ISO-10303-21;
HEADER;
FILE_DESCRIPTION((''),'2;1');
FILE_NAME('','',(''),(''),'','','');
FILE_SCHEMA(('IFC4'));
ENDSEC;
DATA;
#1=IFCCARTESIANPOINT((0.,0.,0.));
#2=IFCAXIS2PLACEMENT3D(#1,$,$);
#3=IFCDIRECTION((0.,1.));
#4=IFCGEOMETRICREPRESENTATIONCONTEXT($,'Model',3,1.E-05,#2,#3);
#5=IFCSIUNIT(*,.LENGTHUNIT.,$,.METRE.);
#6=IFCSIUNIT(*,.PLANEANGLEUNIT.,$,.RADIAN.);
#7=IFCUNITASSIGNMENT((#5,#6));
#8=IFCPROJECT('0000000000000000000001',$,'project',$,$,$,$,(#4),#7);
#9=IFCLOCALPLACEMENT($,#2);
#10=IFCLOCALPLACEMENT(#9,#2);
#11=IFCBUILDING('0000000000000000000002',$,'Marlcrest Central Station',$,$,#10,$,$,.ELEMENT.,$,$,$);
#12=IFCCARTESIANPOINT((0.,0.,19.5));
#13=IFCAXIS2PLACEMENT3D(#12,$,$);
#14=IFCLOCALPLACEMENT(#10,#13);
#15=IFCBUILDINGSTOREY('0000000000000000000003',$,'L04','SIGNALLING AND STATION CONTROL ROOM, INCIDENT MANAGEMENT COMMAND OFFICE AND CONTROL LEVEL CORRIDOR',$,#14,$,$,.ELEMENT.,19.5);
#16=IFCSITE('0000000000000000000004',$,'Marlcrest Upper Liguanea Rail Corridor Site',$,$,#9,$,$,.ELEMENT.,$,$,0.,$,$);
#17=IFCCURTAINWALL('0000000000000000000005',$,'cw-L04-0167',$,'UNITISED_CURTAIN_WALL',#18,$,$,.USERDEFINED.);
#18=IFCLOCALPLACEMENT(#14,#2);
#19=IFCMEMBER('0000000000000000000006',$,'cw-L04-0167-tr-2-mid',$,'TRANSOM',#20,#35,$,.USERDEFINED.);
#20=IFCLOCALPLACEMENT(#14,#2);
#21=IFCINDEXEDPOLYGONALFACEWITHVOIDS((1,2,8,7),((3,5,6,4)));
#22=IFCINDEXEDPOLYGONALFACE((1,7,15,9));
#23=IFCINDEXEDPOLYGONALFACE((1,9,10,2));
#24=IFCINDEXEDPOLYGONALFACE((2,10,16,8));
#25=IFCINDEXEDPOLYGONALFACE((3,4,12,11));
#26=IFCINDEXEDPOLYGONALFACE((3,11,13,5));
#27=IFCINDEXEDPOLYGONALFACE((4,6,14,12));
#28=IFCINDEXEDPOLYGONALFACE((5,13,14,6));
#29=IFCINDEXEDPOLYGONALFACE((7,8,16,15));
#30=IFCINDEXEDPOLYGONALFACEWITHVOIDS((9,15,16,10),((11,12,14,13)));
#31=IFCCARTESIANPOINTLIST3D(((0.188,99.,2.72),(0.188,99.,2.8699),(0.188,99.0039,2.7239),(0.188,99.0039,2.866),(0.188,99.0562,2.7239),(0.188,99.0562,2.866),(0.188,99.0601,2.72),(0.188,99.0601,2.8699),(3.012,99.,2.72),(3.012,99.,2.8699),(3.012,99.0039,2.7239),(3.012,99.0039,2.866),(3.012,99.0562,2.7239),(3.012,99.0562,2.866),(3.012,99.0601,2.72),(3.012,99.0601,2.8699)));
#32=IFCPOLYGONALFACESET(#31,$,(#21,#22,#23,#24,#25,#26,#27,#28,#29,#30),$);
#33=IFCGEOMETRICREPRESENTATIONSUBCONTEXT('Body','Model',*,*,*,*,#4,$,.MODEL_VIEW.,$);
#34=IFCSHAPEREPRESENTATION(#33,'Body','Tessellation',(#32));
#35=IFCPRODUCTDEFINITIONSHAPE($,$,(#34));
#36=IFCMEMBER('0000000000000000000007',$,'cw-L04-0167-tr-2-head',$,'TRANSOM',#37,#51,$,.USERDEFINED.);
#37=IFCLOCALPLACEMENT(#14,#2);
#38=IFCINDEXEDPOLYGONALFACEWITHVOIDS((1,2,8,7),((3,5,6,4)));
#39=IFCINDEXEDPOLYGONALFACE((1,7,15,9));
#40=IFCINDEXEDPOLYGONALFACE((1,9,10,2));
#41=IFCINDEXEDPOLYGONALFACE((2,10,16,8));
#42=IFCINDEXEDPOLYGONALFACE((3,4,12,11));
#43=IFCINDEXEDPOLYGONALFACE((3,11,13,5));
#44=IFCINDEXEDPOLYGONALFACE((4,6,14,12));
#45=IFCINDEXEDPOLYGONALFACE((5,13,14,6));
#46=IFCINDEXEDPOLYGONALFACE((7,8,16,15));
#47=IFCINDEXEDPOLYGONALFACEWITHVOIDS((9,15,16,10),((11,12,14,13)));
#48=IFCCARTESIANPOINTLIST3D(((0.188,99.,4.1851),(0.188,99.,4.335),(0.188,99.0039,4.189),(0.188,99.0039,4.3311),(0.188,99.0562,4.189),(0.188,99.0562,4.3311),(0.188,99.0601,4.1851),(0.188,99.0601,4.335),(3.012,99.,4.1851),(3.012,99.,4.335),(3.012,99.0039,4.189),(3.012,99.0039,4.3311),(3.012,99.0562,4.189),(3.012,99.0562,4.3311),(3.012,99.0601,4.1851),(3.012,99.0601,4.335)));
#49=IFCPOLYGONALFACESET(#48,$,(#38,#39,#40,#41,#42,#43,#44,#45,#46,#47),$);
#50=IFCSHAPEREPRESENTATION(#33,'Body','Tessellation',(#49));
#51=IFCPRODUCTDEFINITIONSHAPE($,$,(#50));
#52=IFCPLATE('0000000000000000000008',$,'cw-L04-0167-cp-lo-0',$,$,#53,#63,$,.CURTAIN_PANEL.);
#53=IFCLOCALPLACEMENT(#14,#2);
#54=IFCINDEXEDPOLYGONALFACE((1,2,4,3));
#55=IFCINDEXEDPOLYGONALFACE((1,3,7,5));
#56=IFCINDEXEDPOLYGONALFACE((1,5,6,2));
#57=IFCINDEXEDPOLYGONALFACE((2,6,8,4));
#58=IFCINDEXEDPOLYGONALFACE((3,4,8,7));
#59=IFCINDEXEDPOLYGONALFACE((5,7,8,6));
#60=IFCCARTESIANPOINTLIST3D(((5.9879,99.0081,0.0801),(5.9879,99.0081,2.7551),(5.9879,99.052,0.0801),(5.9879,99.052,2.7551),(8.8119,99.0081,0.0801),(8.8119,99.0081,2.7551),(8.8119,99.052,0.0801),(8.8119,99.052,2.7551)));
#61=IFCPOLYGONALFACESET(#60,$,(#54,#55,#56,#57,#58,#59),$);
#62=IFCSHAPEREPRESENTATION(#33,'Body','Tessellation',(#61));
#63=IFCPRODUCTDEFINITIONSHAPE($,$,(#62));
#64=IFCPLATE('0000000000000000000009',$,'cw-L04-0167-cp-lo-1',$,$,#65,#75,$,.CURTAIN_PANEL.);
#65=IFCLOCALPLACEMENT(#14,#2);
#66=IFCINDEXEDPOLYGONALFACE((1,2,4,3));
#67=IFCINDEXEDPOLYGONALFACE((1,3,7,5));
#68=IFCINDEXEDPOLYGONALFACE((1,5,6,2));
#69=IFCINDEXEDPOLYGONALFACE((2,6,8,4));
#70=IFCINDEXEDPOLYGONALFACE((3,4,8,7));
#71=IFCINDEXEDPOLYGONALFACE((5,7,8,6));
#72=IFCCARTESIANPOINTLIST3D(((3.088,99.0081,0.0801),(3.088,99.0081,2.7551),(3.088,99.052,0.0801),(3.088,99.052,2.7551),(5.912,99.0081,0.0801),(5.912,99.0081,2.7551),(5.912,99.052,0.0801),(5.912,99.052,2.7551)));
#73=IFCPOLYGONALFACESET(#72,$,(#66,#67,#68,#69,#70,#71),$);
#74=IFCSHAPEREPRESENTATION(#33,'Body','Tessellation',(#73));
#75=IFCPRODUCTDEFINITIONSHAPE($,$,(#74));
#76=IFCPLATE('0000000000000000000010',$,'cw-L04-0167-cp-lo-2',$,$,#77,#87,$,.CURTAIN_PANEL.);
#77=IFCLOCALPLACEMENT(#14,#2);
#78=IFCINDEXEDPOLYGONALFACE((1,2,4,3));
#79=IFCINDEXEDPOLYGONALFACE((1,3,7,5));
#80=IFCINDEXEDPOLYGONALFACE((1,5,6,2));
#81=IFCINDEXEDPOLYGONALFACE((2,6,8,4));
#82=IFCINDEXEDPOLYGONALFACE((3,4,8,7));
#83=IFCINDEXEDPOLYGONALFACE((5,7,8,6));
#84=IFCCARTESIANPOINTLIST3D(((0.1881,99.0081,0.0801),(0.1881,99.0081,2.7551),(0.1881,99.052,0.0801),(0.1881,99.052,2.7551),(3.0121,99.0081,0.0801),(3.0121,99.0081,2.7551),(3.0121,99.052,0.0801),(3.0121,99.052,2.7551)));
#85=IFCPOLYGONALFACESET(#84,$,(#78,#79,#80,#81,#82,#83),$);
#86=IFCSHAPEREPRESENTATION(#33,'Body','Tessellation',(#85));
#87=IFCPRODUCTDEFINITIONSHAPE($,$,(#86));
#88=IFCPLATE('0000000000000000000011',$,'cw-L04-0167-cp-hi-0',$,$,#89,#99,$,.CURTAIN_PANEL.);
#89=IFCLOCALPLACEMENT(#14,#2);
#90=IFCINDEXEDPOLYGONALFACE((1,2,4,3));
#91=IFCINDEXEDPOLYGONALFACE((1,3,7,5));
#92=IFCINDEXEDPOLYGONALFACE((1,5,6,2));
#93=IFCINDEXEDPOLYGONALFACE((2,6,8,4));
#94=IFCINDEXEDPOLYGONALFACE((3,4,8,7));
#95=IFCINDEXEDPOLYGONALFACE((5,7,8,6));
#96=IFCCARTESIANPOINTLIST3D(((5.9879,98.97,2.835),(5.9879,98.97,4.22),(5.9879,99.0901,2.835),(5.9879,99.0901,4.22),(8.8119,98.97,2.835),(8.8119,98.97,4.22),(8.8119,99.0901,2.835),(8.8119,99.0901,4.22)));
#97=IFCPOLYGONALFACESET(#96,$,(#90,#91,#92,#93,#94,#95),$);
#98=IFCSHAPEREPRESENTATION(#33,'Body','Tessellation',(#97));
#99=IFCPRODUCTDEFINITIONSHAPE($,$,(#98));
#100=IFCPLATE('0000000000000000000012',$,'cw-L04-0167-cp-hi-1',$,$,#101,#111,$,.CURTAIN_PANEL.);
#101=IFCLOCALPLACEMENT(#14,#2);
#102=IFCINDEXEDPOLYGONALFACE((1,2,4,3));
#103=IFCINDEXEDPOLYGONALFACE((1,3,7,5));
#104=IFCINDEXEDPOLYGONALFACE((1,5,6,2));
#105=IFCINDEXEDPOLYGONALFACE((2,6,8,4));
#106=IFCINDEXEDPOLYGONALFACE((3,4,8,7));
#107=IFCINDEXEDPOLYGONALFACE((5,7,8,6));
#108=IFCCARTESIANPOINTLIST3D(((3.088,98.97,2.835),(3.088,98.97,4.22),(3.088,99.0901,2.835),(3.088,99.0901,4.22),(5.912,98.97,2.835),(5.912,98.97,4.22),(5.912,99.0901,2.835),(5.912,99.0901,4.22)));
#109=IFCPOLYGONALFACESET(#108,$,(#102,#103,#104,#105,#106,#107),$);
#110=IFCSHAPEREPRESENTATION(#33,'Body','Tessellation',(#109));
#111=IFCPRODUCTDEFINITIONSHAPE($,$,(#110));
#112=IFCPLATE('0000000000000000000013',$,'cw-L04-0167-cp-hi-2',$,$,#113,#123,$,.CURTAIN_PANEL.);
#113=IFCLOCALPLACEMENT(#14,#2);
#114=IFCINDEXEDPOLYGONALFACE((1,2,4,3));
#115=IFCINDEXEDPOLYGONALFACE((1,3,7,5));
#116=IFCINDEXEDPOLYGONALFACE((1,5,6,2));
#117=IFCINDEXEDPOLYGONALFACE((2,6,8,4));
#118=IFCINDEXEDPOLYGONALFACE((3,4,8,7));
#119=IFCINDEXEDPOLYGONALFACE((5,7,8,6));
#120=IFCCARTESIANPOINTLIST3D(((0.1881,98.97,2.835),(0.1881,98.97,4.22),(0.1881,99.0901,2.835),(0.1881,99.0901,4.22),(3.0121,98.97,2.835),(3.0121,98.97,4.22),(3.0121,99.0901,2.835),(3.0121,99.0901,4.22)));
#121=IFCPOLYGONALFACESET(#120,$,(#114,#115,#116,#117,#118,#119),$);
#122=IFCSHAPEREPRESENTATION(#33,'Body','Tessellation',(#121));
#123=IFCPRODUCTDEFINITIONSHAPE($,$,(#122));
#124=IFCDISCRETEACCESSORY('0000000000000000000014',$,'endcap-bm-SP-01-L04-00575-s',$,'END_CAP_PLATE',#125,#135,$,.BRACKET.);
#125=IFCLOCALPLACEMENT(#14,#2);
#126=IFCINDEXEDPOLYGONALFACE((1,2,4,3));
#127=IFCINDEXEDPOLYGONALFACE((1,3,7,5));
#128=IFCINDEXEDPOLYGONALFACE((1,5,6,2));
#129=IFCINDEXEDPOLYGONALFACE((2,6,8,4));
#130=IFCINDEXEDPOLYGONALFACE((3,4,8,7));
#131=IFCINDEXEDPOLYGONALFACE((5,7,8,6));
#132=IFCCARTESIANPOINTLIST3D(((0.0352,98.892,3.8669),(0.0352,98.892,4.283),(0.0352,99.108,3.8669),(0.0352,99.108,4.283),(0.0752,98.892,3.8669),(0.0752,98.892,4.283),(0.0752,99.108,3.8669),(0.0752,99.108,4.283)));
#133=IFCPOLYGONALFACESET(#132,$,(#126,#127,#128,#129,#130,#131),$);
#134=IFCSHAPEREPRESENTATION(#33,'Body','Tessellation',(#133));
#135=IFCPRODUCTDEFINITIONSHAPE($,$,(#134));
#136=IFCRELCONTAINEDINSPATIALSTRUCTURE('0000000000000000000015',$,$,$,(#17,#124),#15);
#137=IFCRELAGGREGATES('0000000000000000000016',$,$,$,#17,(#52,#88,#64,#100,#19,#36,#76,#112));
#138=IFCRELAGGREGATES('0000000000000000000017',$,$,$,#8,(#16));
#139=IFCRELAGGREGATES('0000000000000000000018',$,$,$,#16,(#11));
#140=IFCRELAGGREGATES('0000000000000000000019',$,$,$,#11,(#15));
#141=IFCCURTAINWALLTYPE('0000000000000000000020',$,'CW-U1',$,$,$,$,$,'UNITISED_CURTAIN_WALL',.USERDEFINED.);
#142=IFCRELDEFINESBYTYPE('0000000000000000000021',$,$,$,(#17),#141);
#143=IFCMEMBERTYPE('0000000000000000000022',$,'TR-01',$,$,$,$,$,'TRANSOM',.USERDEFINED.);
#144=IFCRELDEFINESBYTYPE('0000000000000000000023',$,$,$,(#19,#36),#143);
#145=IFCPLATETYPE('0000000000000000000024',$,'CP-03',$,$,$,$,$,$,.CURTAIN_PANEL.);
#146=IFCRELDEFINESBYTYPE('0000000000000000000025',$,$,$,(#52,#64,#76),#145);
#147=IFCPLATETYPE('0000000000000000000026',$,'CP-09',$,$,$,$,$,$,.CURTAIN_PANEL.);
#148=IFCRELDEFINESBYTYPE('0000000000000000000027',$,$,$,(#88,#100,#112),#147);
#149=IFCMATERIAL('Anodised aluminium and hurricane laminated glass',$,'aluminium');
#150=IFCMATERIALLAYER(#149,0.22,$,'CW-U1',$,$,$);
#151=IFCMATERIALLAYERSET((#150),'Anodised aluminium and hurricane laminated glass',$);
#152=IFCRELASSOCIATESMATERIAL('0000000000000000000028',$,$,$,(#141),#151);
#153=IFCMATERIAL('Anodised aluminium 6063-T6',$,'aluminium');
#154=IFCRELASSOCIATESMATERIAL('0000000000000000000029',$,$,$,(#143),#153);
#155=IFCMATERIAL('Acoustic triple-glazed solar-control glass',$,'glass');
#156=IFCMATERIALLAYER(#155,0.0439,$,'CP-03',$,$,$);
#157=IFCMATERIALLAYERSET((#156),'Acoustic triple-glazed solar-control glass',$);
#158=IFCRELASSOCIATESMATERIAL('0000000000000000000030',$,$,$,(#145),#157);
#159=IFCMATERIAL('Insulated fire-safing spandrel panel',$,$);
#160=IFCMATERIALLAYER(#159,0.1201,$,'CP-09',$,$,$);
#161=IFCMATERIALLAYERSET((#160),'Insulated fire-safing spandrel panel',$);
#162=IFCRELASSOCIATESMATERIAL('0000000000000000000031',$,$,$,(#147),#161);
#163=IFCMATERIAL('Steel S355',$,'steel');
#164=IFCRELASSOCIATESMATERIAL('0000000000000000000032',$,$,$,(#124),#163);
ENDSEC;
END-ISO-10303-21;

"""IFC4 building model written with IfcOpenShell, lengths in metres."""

from ifc_helpers import new_model, si_unit, direction, frame, origin, origin_2d, place, context, subcontext, project, spatial, rectangle, hollow_rectangle, extrude, material, layer, layer_set, material_profile, profile_set, type_object, element, aggregate, save


model = new_model("IFC4")

# Units and contexts
model_context = context("Model", 3, precision=1e-05, world=origin(), true_north=direction((0.0, 1.0)))
body_context = subcontext(model_context, "Body", "Model", "MODEL_VIEW")
ifc_project = project(units=[si_unit("LENGTHUNIT", "METRE"), si_unit("PLANEANGLEUNIT", "RADIAN")], contexts=[model_context])

# Site, building, storey
site_placement = place(None, origin())
site = spatial("IfcSite", under=ifc_project, at=site_placement, Name="Marlcrest Upper Liguanea Rail Corridor Site", CompositionType="ELEMENT", RefElevation=0.0)
building_placement = place(site_placement, origin())
building = spatial("IfcBuilding", under=site, at=building_placement, Name="Marlcrest Central Station", CompositionType="ELEMENT")
storey_placement = place(building_placement, frame((0.0, 0.0, 19.5)))
storey = spatial("IfcBuildingStorey", under=building, at=storey_placement, Name="L04", Description="SIGNALLING AND STATION CONTROL ROOM, INCIDENT MANAGEMENT COMMAND OFFICE AND CONTROL LEVEL CORRIDOR", CompositionType="ELEMENT", Elevation=19.5)

# Shared definitions
ifc_material_1 = material(Name="Steel S355", Category="steel")

# Curtain wall
ifc_material_2 = material(Name="Anodised aluminium and hurricane laminated glass", Category="aluminium")
ifc_layer_1 = layer(ifc_material_2, 0.22, Name="CW-U1")
ifc_layer_set_1 = layer_set([ifc_layer_1], Name="Anodised aluminium and hurricane laminated glass")
curtain_wall_type = type_object("IfcCurtainWallType", Name="CW-U1", ElementType="UNITISED_CURTAIN_WALL", PredefinedType="USERDEFINED", material=ifc_layer_set_1)
curtain_wall_placement = place(storey_placement, origin())
curtain_wall = element("IfcCurtainWall", 1, at=curtain_wall_placement, inside=storey, type_object=curtain_wall_type, Name="cw-L04-0167", ObjectType="UNITISED_CURTAIN_WALL", PredefinedType="USERDEFINED")
ifc_material_3 = material(Name="Anodised aluminium 6063-T6", Category="aluminium")

# Members
ifc_material_profile_1 = material_profile(ifc_material_3, hollow_rectangle(XDim=0.0601, YDim=0.1499, WallThickness=0.0039, at=origin_2d()), Name="AA-RHS 150x60x4")
ifc_profile_set_1 = profile_set([ifc_material_profile_1], Name="Anodised aluminium 6063-T6")
member_type_1 = type_object("IfcMemberType", Name="TR-01", ElementType="TRANSOM", PredefinedType="USERDEFINED", material=ifc_profile_set_1)
member_1_placement = place(storey_placement, frame((3.012, 99.03, 2.7949), z_axis=(-1.0, 0.0, 0.0), x_axis=(0.0, -1.0, 0.0)))
member_1 = element("IfcMember", 2, at=member_1_placement, type_object=member_type_1, Name="cw-L04-0167-tr-2-mid", ObjectType="TRANSOM", PredefinedType="USERDEFINED", context=body_context, shape_type="SweptSolid", body=[
    extrude(hollow_rectangle(XDim=0.0601, YDim=0.1499, WallThickness=0.0039, at=origin_2d()), origin(), (0.0, 0.0, 1.0), 2.824),
])
member_2_placement = place(storey_placement, frame((3.012, 99.03, 4.26), z_axis=(-1.0, 0.0, 0.0), x_axis=(0.0, -1.0, 0.0)))
member_2 = element("IfcMember", 3, at=member_2_placement, type_object=member_type_1, Name="cw-L04-0167-tr-2-head", ObjectType="TRANSOM", PredefinedType="USERDEFINED", context=body_context, shape_type="SweptSolid", body=[
    extrude(hollow_rectangle(XDim=0.0601, YDim=0.1499, WallThickness=0.0039, at=origin_2d()), origin(), (0.0, 0.0, 1.0), 2.824),
])

# Plates
ifc_material_4 = material(Name="Acoustic triple-glazed solar-control glass", Category="glass")
ifc_layer_2 = layer(ifc_material_4, 0.0439, Name="CP-03")
ifc_layer_set_2 = layer_set([ifc_layer_2], Name="Acoustic triple-glazed solar-control glass")
plate_type_1 = type_object("IfcPlateType", Name="CP-03", PredefinedType="CURTAIN_PANEL", material=ifc_layer_set_2)
plate_1_placement = place(storey_placement, frame((7.3999, 99.03, 0.0801), z_axis=(0.0, 0.0, 1.0), x_axis=(-1.0, 0.0, 0.0)))
plate_1 = element("IfcPlate", 4, at=plate_1_placement, type_object=plate_type_1, Name="cw-L04-0167-cp-lo-0", PredefinedType="CURTAIN_PANEL", context=body_context, shape_type="SweptSolid", body=[
    extrude(rectangle(XDim=2.824, YDim=0.0439, at=origin_2d()), origin(), (0.0, 0.0, 1.0), 2.675),
])
plate_2_placement = place(storey_placement, frame((4.5, 99.03, 0.0801), z_axis=(0.0, 0.0, 1.0), x_axis=(-1.0, 0.0, 0.0)))
plate_2 = element("IfcPlate", 5, at=plate_2_placement, type_object=plate_type_1, Name="cw-L04-0167-cp-lo-1", PredefinedType="CURTAIN_PANEL", context=body_context, shape_type="SweptSolid", body=[
    extrude(rectangle(XDim=2.824, YDim=0.0439, at=origin_2d()), origin(), (0.0, 0.0, 1.0), 2.675),
])
plate_3_placement = place(storey_placement, frame((1.6001, 99.03, 0.0801), z_axis=(0.0, 0.0, 1.0), x_axis=(-1.0, 0.0, 0.0)))
plate_3 = element("IfcPlate", 6, at=plate_3_placement, type_object=plate_type_1, Name="cw-L04-0167-cp-lo-2", PredefinedType="CURTAIN_PANEL", context=body_context, shape_type="SweptSolid", body=[
    extrude(rectangle(XDim=2.824, YDim=0.0439, at=origin_2d()), origin(), (0.0, 0.0, 1.0), 2.675),
])
ifc_material_5 = material(Name="Insulated fire-safing spandrel panel")
ifc_layer_3 = layer(ifc_material_5, 0.1201, Name="CP-09")
ifc_layer_set_3 = layer_set([ifc_layer_3], Name="Insulated fire-safing spandrel panel")
plate_type_2 = type_object("IfcPlateType", Name="CP-09", PredefinedType="CURTAIN_PANEL", material=ifc_layer_set_3)
plate_4_placement = place(storey_placement, frame((7.3999, 99.03, 2.835), z_axis=(0.0, 0.0, 1.0), x_axis=(-1.0, 0.0, 0.0)))
plate_4 = element("IfcPlate", 7, at=plate_4_placement, type_object=plate_type_2, Name="cw-L04-0167-cp-hi-0", PredefinedType="CURTAIN_PANEL", context=body_context, shape_type="SweptSolid", body=[
    extrude(rectangle(XDim=2.824, YDim=0.1201, at=origin_2d()), origin(), (0.0, 0.0, 1.0), 1.385),
])
plate_5_placement = place(storey_placement, frame((4.5, 99.03, 2.835), z_axis=(0.0, 0.0, 1.0), x_axis=(-1.0, 0.0, 0.0)))
plate_5 = element("IfcPlate", 8, at=plate_5_placement, type_object=plate_type_2, Name="cw-L04-0167-cp-hi-1", PredefinedType="CURTAIN_PANEL", context=body_context, shape_type="SweptSolid", body=[
    extrude(rectangle(XDim=2.824, YDim=0.1201, at=origin_2d()), origin(), (0.0, 0.0, 1.0), 1.385),
])
plate_6_placement = place(storey_placement, frame((1.6001, 99.03, 2.835), z_axis=(0.0, 0.0, 1.0), x_axis=(-1.0, 0.0, 0.0)))
plate_6 = element("IfcPlate", 9, at=plate_6_placement, type_object=plate_type_2, Name="cw-L04-0167-cp-hi-2", PredefinedType="CURTAIN_PANEL", context=body_context, shape_type="SweptSolid", body=[
    extrude(rectangle(XDim=2.824, YDim=0.1201, at=origin_2d()), origin(), (0.0, 0.0, 1.0), 1.385),
])
aggregate(curtain_wall, [plate_1, plate_4, plate_2, plate_5, member_1, member_2, plate_3, plate_6])

# Discrete accessory
discrete_accessory_placement = place(storey_placement, frame((0.0352, 99.0, 4.075), z_axis=(1.0, 0.0, 0.0), x_axis=(0.0, 1.0, 0.0)))
element("IfcDiscreteAccessory", 10, at=discrete_accessory_placement, inside=storey, material=ifc_material_1, Name="endcap-bm-SP-01-L04-00575-s", ObjectType="END_CAP_PLATE", PredefinedType="BRACKET", context=body_context, shape_type="SweptSolid", body=[
    extrude(rectangle(XDim=0.2161, YDim=0.416, at=origin_2d()), origin(), (0.0, 0.0, 1.0), 0.04),
])

save(model, "model.ifc")
